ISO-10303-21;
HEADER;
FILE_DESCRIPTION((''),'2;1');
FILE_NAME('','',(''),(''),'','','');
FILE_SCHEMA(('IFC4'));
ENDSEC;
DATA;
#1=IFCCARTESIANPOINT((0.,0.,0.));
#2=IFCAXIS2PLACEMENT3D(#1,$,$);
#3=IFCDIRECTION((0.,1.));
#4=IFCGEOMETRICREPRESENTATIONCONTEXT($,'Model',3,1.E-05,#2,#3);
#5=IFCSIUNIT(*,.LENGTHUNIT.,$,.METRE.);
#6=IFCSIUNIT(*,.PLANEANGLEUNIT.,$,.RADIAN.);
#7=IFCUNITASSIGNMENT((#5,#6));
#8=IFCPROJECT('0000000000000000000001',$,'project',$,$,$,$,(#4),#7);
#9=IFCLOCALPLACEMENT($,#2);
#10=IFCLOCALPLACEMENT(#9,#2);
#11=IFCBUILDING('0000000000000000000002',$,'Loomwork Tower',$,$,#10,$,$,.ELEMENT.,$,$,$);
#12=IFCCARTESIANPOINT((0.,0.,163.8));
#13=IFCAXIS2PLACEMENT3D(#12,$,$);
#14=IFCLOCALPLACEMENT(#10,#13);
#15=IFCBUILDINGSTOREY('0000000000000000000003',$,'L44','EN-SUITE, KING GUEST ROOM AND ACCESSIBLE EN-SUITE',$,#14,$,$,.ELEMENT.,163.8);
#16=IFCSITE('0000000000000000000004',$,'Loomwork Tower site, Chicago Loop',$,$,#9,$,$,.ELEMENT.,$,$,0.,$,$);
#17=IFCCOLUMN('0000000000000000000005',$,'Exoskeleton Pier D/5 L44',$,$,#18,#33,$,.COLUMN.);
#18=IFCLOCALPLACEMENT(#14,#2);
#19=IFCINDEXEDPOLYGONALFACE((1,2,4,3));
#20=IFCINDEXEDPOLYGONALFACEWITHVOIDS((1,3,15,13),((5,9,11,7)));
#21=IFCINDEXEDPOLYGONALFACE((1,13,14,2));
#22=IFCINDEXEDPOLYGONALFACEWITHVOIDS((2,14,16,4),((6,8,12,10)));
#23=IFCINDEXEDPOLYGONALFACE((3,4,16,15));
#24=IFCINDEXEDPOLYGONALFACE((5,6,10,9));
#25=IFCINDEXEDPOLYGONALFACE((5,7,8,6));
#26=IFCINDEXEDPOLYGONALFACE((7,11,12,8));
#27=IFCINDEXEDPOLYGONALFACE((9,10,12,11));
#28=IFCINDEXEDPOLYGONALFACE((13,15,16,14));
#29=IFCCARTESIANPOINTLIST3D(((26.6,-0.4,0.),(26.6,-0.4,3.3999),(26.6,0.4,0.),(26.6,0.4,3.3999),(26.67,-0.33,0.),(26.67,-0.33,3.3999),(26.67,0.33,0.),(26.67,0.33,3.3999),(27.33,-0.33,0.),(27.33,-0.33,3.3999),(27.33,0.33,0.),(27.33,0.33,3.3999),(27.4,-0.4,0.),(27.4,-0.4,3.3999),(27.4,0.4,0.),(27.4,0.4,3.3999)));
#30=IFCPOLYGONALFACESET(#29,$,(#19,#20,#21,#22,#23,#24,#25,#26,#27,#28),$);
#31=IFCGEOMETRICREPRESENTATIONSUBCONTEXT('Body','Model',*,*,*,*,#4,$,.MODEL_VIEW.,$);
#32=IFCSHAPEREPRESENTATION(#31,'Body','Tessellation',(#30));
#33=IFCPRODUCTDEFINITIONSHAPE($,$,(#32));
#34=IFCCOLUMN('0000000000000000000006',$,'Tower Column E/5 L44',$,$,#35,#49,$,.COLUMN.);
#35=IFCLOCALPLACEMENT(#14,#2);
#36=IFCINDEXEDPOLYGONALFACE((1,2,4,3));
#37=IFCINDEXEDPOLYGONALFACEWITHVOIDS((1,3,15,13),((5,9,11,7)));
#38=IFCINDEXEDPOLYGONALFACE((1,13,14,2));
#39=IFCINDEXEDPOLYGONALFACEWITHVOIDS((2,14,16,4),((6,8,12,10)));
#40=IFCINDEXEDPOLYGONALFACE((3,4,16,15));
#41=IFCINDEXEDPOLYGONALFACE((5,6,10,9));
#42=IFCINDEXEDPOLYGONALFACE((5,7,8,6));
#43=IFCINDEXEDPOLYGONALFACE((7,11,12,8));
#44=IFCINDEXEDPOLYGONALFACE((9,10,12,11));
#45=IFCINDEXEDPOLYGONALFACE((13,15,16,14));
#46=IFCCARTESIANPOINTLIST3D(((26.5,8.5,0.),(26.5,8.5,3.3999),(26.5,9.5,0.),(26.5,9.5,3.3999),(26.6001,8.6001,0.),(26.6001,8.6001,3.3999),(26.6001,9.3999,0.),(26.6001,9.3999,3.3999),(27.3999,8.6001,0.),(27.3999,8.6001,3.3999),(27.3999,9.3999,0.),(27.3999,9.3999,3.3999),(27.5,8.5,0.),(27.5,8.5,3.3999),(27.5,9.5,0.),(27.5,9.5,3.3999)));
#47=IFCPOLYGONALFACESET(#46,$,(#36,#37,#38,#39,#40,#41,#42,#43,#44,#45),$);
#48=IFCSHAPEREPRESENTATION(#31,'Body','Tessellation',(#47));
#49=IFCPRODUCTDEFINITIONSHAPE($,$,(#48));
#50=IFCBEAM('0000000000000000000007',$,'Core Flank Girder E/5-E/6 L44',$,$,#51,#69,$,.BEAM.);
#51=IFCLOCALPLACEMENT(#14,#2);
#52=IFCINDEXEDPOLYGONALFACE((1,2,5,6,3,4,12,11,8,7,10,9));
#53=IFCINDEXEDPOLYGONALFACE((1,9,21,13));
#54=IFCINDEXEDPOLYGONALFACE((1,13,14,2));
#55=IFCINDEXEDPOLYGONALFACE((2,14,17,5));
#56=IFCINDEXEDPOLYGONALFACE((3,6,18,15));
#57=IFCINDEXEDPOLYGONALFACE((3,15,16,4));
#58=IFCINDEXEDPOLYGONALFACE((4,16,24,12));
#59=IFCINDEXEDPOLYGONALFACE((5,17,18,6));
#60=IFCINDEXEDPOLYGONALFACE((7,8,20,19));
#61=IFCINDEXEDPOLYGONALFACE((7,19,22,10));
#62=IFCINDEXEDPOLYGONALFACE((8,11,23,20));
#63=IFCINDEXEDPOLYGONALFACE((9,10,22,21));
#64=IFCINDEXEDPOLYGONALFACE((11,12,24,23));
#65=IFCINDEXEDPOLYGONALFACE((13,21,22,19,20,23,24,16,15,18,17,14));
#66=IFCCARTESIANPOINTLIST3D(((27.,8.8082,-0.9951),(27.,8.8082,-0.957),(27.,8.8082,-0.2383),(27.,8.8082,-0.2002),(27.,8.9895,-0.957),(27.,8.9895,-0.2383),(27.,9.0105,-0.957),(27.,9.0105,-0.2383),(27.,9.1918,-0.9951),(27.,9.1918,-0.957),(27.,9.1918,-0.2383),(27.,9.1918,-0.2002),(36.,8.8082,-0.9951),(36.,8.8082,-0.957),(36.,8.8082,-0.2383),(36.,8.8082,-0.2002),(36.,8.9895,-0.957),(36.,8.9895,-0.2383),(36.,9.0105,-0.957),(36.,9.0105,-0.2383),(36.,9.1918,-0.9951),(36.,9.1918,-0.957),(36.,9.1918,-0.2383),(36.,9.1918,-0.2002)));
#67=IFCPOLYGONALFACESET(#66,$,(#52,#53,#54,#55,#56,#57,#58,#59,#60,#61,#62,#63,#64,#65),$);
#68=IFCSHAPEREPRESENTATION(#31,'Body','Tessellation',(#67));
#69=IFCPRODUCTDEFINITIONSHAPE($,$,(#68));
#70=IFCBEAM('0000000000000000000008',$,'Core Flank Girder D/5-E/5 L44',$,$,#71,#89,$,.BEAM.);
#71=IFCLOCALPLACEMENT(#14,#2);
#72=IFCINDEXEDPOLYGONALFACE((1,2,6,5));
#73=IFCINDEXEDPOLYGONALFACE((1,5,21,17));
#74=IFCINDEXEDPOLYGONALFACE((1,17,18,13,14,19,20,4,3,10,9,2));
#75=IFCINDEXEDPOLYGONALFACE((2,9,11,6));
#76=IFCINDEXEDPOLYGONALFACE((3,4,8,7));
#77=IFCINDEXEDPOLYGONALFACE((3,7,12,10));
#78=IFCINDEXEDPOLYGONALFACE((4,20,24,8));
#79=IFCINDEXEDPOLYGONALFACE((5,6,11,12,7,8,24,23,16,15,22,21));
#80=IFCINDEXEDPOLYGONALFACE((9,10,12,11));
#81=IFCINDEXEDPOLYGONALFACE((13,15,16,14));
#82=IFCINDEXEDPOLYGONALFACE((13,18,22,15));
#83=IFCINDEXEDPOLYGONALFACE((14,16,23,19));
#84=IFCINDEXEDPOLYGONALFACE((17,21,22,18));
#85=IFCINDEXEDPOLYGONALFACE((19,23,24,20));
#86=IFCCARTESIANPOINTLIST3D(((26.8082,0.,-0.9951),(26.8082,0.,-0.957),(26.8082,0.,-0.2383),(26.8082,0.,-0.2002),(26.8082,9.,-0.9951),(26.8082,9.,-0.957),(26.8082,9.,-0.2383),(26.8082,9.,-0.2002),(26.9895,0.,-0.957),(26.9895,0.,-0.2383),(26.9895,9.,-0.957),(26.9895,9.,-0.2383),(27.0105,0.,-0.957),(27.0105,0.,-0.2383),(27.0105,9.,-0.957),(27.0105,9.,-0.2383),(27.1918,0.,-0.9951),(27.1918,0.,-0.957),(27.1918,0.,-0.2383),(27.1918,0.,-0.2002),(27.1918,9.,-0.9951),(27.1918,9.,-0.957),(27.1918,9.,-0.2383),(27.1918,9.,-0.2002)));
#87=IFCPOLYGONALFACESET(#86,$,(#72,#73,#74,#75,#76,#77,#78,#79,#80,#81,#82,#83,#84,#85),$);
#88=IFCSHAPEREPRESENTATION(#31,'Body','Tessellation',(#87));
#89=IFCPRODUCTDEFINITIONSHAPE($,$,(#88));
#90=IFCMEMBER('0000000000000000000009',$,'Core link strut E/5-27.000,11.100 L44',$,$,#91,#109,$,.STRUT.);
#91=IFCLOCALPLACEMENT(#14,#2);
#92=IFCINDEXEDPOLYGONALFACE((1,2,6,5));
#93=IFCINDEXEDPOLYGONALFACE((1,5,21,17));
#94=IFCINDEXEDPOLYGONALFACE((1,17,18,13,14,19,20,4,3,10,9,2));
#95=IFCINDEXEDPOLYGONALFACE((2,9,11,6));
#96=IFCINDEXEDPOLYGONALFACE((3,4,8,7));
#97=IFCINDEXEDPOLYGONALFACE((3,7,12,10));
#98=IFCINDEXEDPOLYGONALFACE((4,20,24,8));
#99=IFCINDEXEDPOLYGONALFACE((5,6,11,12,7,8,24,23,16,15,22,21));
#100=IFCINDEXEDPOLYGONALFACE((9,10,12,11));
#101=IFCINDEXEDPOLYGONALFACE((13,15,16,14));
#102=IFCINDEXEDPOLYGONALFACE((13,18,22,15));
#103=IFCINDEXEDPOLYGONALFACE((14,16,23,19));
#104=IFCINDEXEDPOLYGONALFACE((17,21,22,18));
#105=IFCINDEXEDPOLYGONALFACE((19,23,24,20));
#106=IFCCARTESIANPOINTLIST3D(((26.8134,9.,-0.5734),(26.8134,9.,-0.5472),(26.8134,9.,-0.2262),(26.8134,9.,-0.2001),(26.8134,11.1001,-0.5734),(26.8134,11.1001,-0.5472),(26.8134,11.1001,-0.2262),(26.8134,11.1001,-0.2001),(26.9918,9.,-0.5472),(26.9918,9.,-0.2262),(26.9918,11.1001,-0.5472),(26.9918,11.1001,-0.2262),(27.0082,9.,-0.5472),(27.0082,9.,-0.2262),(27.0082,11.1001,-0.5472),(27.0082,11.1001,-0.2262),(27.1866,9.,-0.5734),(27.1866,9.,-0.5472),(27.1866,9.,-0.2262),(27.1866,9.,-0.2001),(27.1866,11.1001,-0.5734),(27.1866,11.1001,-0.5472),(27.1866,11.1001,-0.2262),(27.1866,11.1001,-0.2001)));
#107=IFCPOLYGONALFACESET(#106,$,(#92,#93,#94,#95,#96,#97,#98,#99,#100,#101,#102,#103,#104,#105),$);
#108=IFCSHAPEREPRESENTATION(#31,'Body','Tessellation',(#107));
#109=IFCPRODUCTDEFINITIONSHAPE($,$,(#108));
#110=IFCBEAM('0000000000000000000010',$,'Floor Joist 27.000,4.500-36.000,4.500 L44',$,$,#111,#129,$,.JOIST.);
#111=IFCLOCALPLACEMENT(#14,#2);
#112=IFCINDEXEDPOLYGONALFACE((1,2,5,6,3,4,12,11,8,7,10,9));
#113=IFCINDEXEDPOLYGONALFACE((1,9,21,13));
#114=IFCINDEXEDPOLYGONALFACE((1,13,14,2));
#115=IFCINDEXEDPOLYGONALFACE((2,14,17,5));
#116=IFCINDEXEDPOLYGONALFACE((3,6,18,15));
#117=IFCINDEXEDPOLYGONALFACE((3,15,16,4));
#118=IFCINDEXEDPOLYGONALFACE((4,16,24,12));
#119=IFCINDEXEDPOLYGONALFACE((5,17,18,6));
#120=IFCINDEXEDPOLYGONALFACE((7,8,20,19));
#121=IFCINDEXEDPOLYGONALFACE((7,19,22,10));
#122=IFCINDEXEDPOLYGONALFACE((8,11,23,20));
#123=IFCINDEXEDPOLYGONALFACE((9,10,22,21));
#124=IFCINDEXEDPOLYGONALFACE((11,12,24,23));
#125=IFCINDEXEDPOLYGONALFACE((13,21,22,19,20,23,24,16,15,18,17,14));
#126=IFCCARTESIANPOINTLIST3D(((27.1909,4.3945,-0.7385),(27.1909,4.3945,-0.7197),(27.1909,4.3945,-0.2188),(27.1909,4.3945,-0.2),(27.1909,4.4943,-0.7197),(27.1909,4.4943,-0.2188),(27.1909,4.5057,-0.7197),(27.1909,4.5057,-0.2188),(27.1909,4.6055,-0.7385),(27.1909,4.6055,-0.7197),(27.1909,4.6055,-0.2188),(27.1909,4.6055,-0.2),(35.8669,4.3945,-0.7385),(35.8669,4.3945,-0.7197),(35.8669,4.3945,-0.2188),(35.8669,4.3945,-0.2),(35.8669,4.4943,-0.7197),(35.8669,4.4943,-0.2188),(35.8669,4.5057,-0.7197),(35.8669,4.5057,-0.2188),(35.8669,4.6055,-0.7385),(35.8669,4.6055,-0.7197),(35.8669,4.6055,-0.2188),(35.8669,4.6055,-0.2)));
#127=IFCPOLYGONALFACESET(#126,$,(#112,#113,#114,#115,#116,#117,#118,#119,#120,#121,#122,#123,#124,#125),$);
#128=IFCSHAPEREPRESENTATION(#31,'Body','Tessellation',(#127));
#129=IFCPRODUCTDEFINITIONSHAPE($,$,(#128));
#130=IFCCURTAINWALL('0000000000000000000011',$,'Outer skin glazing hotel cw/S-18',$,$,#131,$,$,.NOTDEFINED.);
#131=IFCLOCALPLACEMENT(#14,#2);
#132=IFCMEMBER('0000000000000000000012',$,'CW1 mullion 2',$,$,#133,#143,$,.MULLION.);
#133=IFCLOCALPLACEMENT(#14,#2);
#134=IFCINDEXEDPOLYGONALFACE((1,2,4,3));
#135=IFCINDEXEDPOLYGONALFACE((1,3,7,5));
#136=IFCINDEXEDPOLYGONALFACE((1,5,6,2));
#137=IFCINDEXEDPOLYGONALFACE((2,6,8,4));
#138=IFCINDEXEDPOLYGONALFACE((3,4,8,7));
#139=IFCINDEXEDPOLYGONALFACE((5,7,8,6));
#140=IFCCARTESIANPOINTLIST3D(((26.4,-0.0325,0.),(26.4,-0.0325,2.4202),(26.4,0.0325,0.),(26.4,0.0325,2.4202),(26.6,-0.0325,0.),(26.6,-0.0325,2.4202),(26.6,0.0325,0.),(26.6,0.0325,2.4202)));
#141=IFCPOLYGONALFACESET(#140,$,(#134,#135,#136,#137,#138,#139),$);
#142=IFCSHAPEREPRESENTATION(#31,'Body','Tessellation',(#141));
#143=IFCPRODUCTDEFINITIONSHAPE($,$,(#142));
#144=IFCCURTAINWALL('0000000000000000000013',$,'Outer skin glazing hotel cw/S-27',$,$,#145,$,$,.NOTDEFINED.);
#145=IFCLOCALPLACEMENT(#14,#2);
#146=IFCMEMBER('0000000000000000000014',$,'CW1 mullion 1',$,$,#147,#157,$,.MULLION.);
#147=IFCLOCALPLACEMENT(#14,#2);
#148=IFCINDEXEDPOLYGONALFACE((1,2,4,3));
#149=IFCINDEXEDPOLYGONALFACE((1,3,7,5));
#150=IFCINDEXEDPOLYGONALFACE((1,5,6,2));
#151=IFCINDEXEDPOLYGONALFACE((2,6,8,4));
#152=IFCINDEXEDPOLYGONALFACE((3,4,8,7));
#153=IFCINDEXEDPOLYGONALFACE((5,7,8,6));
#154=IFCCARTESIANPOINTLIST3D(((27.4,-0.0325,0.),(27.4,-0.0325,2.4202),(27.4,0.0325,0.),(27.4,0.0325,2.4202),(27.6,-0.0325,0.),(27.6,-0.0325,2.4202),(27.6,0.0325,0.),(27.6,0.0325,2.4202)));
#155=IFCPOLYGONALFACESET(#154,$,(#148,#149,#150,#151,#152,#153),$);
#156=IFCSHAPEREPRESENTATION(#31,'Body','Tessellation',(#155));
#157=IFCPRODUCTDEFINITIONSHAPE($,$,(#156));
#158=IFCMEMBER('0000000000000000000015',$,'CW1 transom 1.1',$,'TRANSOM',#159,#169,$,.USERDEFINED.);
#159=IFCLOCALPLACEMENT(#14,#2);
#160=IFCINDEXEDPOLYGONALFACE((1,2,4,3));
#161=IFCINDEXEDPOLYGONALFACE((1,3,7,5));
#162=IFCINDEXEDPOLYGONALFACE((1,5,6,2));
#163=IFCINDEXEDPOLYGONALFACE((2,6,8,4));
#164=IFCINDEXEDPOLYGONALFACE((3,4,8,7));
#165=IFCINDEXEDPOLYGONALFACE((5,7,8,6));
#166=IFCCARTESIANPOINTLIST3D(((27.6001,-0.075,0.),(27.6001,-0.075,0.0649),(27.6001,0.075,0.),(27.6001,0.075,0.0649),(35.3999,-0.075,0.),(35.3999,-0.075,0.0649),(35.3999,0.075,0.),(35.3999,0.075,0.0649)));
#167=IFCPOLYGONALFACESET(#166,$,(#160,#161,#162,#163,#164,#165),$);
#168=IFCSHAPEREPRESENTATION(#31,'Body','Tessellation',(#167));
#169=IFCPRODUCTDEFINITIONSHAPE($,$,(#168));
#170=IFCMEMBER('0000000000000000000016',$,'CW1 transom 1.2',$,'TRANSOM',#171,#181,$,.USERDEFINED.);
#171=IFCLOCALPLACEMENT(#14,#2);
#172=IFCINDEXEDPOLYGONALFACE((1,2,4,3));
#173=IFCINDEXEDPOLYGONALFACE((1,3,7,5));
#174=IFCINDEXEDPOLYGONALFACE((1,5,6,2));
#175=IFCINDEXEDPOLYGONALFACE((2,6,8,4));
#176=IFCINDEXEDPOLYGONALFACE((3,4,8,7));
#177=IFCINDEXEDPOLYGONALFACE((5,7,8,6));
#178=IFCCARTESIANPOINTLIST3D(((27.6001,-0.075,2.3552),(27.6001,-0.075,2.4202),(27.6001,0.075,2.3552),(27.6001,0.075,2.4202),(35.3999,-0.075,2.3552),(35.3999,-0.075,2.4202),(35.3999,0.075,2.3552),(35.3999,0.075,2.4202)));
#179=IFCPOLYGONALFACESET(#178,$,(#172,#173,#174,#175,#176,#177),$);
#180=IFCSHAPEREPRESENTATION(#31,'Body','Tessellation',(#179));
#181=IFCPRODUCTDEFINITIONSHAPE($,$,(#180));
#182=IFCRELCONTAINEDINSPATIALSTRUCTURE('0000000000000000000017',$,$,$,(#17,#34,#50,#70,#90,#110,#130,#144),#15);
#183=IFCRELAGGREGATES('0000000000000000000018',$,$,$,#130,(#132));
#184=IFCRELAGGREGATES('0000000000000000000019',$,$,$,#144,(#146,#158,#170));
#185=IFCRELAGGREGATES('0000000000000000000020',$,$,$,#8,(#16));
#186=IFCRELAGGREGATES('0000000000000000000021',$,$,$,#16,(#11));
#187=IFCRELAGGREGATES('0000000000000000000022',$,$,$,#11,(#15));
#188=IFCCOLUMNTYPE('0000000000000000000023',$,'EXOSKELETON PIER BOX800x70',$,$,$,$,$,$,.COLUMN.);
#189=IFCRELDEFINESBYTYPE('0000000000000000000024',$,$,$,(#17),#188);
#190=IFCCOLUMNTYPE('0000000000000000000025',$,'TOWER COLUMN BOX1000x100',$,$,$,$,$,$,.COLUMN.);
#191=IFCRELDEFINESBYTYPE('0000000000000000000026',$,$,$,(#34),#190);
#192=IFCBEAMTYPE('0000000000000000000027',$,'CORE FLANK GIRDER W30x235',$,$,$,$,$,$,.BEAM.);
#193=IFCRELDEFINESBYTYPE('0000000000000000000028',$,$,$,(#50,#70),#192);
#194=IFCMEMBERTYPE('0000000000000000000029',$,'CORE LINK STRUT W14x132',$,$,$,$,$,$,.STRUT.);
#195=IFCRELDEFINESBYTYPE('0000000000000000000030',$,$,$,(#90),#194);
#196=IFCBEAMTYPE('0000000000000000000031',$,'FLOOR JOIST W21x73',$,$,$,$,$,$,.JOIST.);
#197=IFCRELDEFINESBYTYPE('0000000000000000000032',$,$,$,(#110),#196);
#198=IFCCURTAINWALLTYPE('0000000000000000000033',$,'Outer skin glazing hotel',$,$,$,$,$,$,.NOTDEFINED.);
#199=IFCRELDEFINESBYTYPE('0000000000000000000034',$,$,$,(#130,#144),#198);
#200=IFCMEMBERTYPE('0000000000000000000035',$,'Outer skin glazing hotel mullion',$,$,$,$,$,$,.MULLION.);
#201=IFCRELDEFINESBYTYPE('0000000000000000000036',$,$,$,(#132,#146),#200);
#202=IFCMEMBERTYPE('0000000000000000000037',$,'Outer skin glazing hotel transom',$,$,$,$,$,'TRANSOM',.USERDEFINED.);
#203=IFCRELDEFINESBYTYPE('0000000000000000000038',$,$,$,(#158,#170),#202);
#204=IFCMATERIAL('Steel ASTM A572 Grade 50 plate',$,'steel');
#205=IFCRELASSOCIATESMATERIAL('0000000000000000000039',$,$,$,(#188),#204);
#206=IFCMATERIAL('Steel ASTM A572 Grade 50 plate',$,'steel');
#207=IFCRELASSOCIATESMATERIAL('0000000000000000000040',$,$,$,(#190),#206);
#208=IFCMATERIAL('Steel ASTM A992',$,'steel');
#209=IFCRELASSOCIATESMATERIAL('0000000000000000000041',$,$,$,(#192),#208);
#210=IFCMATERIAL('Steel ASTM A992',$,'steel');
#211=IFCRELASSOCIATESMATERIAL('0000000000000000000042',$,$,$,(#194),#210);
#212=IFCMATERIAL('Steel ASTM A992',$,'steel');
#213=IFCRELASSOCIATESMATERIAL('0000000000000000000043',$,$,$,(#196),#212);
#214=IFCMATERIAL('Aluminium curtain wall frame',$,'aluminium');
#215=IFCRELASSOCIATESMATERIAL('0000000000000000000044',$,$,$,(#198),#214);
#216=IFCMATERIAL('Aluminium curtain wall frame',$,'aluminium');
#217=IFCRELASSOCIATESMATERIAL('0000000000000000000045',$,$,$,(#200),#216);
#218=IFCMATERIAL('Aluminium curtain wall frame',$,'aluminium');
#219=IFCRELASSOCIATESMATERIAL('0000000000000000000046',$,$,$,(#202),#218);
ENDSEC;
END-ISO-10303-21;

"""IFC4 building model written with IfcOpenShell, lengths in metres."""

from ifc_helpers import new_model, si_unit, direction, frame, origin, origin_2d, place, context, subcontext, project, spatial, rectangle, hollow_rectangle, i_section, extrude, material, material_profile, profile_set, type_object, element, aggregate, save


model = new_model("IFC4")

# Units and contexts
model_context = context("Model", 3, precision=1e-05, world=origin(), true_north=direction((0.0, 1.0)))
body_context = subcontext(model_context, "Body", "Model", "MODEL_VIEW")
ifc_project = project(units=[si_unit("LENGTHUNIT", "METRE"), si_unit("PLANEANGLEUNIT", "RADIAN")], contexts=[model_context])

# Site, building, storey
site_placement = place(None, origin())
site = spatial("IfcSite", under=ifc_project, at=site_placement, Name="Loomwork Tower site, Chicago Loop", CompositionType="ELEMENT", RefElevation=0.0)
building_placement = place(site_placement, origin())
building = spatial("IfcBuilding", under=site, at=building_placement, Name="Loomwork Tower", CompositionType="ELEMENT")
storey_placement = place(building_placement, frame((0.0, 0.0, 163.8)))
storey = spatial("IfcBuildingStorey", under=building, at=storey_placement, Name="L44", Description="EN-SUITE, KING GUEST ROOM AND ACCESSIBLE EN-SUITE", CompositionType="ELEMENT", Elevation=163.8)

# Columns
ifc_material_1 = material(Name="Steel ASTM A572 Grade 50 plate", Category="steel")
ifc_material_profile_1 = material_profile(ifc_material_1, hollow_rectangle(XDim=0.8, YDim=0.8, WallThickness=0.0701, at=origin_2d()), Name="BOX800x70")
ifc_profile_set_1 = profile_set([ifc_material_profile_1], Name="Steel ASTM A572 Grade 50 plate")
column_type_1 = type_object("IfcColumnType", Name="EXOSKELETON PIER BOX800x70", PredefinedType="COLUMN", material=ifc_profile_set_1)
column_1_placement = place(storey_placement, frame((27.0, 0.0, 0.0), z_axis=(0.0, 0.0, 1.0), x_axis=(1.0, 0.0, 0.0)))
element("IfcColumn", 1, at=column_1_placement, inside=storey, type_object=column_type_1, Name="Exoskeleton Pier D/5 L44", PredefinedType="COLUMN", context=body_context, shape_type="SweptSolid", body=[
    extrude(hollow_rectangle(XDim=0.8, YDim=0.8, WallThickness=0.0701, at=origin_2d()), origin(), (0.0, 0.0, 1.0), 3.3999),
])
ifc_material_2 = material(Name="Steel ASTM A572 Grade 50 plate", Category="steel")
ifc_material_profile_2 = material_profile(ifc_material_2, hollow_rectangle(XDim=1.0, YDim=1.0, WallThickness=0.1001, at=origin_2d()), Name="BOX1000x100")
ifc_profile_set_2 = profile_set([ifc_material_profile_2], Name="Steel ASTM A572 Grade 50 plate")
column_type_2 = type_object("IfcColumnType", Name="TOWER COLUMN BOX1000x100", PredefinedType="COLUMN", material=ifc_profile_set_2)
column_2_placement = place(storey_placement, frame((27.0, 9.0, 0.0), z_axis=(0.0, 0.0, 1.0), x_axis=(1.0, 0.0, 0.0)))
element("IfcColumn", 2, at=column_2_placement, inside=storey, type_object=column_type_2, Name="Tower Column E/5 L44", PredefinedType="COLUMN", context=body_context, shape_type="SweptSolid", body=[
    extrude(hollow_rectangle(XDim=1.0, YDim=1.0, WallThickness=0.1001, at=origin_2d()), origin(), (0.0, 0.0, 1.0), 3.3999),
])

# Beams
ifc_material_3 = material(Name="Steel ASTM A992", Category="steel")
ifc_material_profile_3 = material_profile(ifc_material_3, i_section(OverallWidth=0.3835, OverallDepth=0.7949, WebThickness=0.021, FlangeThickness=0.0381, at=origin_2d()), Name="W30x235")
ifc_profile_set_3 = profile_set([ifc_material_profile_3], Name="Steel ASTM A992")
beam_type_1 = type_object("IfcBeamType", Name="CORE FLANK GIRDER W30x235", PredefinedType="BEAM", material=ifc_profile_set_3)
for number, where, z_axis, x_axis, name in (
    (3, (27.0, 9.0, -0.5977), (1.0, 0.0, 0.0), (0.0, 1.0, 0.0), "Core Flank Girder E/5-E/6 L44"),
    (4, (27.0, 0.0, -0.5977), (0.0, 1.0, 0.0), (-1.0, 0.0, 0.0), "Core Flank Girder D/5-E/5 L44"),
):
    element("IfcBeam", number, at=place(storey_placement, frame(where, z_axis=z_axis, x_axis=x_axis)), inside=storey, type_object=beam_type_1, Name=name, PredefinedType="BEAM", context=body_context, shape_type="SweptSolid", body=[
        extrude(i_section(OverallWidth=0.3835, OverallDepth=0.7949, WebThickness=0.021, FlangeThickness=0.0381, at=origin_2d()), origin(), (0.0, 0.0, 1.0), 9.0),
    ])

# Member
ifc_material_4 = material(Name="Steel ASTM A992", Category="steel")
ifc_material_profile_4 = material_profile(ifc_material_4, i_section(OverallWidth=0.3733, OverallDepth=0.3733, WebThickness=0.0164, FlangeThickness=0.0261, at=origin_2d()), Name="W14x132")
ifc_profile_set_4 = profile_set([ifc_material_profile_4], Name="Steel ASTM A992")
member_type_1 = type_object("IfcMemberType", Name="CORE LINK STRUT W14x132", PredefinedType="STRUT", material=ifc_profile_set_4)
member_1_placement = place(storey_placement, frame((27.0, 9.0, -0.3867), z_axis=(0.0, 1.0, 0.0), x_axis=(-1.0, 0.0, 0.0)))
element("IfcMember", 5, at=member_1_placement, inside=storey, type_object=member_type_1, Name="Core link strut E/5-27.000,11.100 L44", PredefinedType="STRUT", context=body_context, shape_type="SweptSolid", body=[
    extrude(i_section(OverallWidth=0.3733, OverallDepth=0.3733, WebThickness=0.0164, FlangeThickness=0.0261, at=origin_2d()), origin(), (0.0, 0.0, 1.0), 2.1001),
])

# Beam
ifc_material_5 = material(Name="Steel ASTM A992", Category="steel")
ifc_material_profile_5 = material_profile(ifc_material_5, i_section(OverallWidth=0.2109, OverallDepth=0.5386, WebThickness=0.0115, FlangeThickness=0.0188, at=origin_2d()), Name="W21x73")
ifc_profile_set_5 = profile_set([ifc_material_profile_5], Name="Steel ASTM A992")
beam_type_2 = type_object("IfcBeamType", Name="FLOOR JOIST W21x73", PredefinedType="JOIST", material=ifc_profile_set_5)
beam_1_placement = place(storey_placement, frame((27.1909, 4.5, -0.4692), z_axis=(1.0, 0.0, 0.0), x_axis=(0.0, 1.0, 0.0)))
element("IfcBeam", 6, at=beam_1_placement, inside=storey, type_object=beam_type_2, Name="Floor Joist 27.000,4.500-36.000,4.500 L44", PredefinedType="JOIST", context=body_context, shape_type="SweptSolid", body=[
    extrude(i_section(OverallWidth=0.2109, OverallDepth=0.5386, WebThickness=0.0115, FlangeThickness=0.0188, at=origin_2d()), origin(), (0.0, 0.0, 1.0), 8.676),
])

# Curtain wall, member
ifc_material_6 = material(Name="Aluminium curtain wall frame", Category="aluminium")
curtain_wall_type = type_object("IfcCurtainWallType", Name="Outer skin glazing hotel", PredefinedType="NOTDEFINED", material=ifc_material_6)
curtain_wall_1_placement = place(storey_placement, origin())
curtain_wall_1 = element("IfcCurtainWall", 7, at=curtain_wall_1_placement, inside=storey, type_object=curtain_wall_type, Name="Outer skin glazing hotel cw/S-18", PredefinedType="NOTDEFINED")
ifc_material_7 = material(Name="Aluminium curtain wall frame", Category="aluminium")
ifc_material_profile_6 = material_profile(ifc_material_7, rectangle(XDim=0.0649, YDim=0.2, at=origin_2d()), Name="AL 65x200")
ifc_profile_set_6 = profile_set([ifc_material_profile_6], Name="Aluminium curtain wall frame")
member_type_2 = type_object("IfcMemberType", Name="Outer skin glazing hotel mullion", PredefinedType="MULLION", material=ifc_profile_set_6)
member_2_placement = place(storey_placement, frame((26.5, 0.0, 0.0), z_axis=(0.0, 0.0, 1.0), x_axis=(0.0, 1.0, 0.0)))
member_2 = element("IfcMember", 8, at=member_2_placement, type_object=member_type_2, Name="CW1 mullion 2", PredefinedType="MULLION", context=body_context, shape_type="SweptSolid", body=[
    extrude(rectangle(XDim=0.0649, YDim=0.2, at=origin_2d()), origin(), (0.0, 0.0, 1.0), 2.4202),
])
aggregate(curtain_wall_1, [member_2])

# Curtain wall, members
curtain_wall_2_placement = place(storey_placement, origin())
curtain_wall_2 = element("IfcCurtainWall", 9, at=curtain_wall_2_placement, inside=storey, type_object=curtain_wall_type, Name="Outer skin glazing hotel cw/S-27", PredefinedType="NOTDEFINED")
member_3_placement = place(storey_placement, frame((27.5, 0.0, 0.0), z_axis=(0.0, 0.0, 1.0), x_axis=(0.0, 1.0, 0.0)))
member_3 = element("IfcMember", 10, at=member_3_placement, type_object=member_type_2, Name="CW1 mullion 1", PredefinedType="MULLION", context=body_context, shape_type="SweptSolid", body=[
    extrude(rectangle(XDim=0.0649, YDim=0.2, at=origin_2d()), origin(), (0.0, 0.0, 1.0), 2.4202),
])
ifc_material_8 = material(Name="Aluminium curtain wall frame", Category="aluminium")
ifc_material_profile_7 = material_profile(ifc_material_8, rectangle(XDim=0.1499, YDim=0.0649, at=origin_2d()), Name="AL 65x150")
ifc_profile_set_7 = profile_set([ifc_material_profile_7], Name="Aluminium curtain wall frame")
member_type_3 = type_object("IfcMemberType", Name="Outer skin glazing hotel transom", ElementType="TRANSOM", PredefinedType="USERDEFINED", material=ifc_profile_set_7)
member_4_placement = place(storey_placement, frame((27.6001, 0.0, 0.0325), z_axis=(1.0, 0.0, 0.0), x_axis=(0.0, 1.0, 0.0)))
member_4 = element("IfcMember", 11, at=member_4_placement, type_object=member_type_3, Name="CW1 transom 1.1", ObjectType="TRANSOM", PredefinedType="USERDEFINED", context=body_context, shape_type="SweptSolid", body=[
    extrude(rectangle(XDim=0.1499, YDim=0.0649, at=origin_2d()), origin(), (0.0, 0.0, 1.0), 7.7998),
])
member_5_placement = place(storey_placement, frame((27.6001, 0.0, 2.3877), z_axis=(1.0, 0.0, 0.0), x_axis=(0.0, 1.0, 0.0)))
member_5 = element("IfcMember", 12, at=member_5_placement, type_object=member_type_3, Name="CW1 transom 1.2", ObjectType="TRANSOM", PredefinedType="USERDEFINED", context=body_context, shape_type="SweptSolid", body=[
    extrude(rectangle(XDim=0.1499, YDim=0.0649, at=origin_2d()), origin(), (0.0, 0.0, 1.0), 7.7998),
])

aggregate(curtain_wall_2, [member_3, member_4, member_5])

save(model, "model.ifc")
